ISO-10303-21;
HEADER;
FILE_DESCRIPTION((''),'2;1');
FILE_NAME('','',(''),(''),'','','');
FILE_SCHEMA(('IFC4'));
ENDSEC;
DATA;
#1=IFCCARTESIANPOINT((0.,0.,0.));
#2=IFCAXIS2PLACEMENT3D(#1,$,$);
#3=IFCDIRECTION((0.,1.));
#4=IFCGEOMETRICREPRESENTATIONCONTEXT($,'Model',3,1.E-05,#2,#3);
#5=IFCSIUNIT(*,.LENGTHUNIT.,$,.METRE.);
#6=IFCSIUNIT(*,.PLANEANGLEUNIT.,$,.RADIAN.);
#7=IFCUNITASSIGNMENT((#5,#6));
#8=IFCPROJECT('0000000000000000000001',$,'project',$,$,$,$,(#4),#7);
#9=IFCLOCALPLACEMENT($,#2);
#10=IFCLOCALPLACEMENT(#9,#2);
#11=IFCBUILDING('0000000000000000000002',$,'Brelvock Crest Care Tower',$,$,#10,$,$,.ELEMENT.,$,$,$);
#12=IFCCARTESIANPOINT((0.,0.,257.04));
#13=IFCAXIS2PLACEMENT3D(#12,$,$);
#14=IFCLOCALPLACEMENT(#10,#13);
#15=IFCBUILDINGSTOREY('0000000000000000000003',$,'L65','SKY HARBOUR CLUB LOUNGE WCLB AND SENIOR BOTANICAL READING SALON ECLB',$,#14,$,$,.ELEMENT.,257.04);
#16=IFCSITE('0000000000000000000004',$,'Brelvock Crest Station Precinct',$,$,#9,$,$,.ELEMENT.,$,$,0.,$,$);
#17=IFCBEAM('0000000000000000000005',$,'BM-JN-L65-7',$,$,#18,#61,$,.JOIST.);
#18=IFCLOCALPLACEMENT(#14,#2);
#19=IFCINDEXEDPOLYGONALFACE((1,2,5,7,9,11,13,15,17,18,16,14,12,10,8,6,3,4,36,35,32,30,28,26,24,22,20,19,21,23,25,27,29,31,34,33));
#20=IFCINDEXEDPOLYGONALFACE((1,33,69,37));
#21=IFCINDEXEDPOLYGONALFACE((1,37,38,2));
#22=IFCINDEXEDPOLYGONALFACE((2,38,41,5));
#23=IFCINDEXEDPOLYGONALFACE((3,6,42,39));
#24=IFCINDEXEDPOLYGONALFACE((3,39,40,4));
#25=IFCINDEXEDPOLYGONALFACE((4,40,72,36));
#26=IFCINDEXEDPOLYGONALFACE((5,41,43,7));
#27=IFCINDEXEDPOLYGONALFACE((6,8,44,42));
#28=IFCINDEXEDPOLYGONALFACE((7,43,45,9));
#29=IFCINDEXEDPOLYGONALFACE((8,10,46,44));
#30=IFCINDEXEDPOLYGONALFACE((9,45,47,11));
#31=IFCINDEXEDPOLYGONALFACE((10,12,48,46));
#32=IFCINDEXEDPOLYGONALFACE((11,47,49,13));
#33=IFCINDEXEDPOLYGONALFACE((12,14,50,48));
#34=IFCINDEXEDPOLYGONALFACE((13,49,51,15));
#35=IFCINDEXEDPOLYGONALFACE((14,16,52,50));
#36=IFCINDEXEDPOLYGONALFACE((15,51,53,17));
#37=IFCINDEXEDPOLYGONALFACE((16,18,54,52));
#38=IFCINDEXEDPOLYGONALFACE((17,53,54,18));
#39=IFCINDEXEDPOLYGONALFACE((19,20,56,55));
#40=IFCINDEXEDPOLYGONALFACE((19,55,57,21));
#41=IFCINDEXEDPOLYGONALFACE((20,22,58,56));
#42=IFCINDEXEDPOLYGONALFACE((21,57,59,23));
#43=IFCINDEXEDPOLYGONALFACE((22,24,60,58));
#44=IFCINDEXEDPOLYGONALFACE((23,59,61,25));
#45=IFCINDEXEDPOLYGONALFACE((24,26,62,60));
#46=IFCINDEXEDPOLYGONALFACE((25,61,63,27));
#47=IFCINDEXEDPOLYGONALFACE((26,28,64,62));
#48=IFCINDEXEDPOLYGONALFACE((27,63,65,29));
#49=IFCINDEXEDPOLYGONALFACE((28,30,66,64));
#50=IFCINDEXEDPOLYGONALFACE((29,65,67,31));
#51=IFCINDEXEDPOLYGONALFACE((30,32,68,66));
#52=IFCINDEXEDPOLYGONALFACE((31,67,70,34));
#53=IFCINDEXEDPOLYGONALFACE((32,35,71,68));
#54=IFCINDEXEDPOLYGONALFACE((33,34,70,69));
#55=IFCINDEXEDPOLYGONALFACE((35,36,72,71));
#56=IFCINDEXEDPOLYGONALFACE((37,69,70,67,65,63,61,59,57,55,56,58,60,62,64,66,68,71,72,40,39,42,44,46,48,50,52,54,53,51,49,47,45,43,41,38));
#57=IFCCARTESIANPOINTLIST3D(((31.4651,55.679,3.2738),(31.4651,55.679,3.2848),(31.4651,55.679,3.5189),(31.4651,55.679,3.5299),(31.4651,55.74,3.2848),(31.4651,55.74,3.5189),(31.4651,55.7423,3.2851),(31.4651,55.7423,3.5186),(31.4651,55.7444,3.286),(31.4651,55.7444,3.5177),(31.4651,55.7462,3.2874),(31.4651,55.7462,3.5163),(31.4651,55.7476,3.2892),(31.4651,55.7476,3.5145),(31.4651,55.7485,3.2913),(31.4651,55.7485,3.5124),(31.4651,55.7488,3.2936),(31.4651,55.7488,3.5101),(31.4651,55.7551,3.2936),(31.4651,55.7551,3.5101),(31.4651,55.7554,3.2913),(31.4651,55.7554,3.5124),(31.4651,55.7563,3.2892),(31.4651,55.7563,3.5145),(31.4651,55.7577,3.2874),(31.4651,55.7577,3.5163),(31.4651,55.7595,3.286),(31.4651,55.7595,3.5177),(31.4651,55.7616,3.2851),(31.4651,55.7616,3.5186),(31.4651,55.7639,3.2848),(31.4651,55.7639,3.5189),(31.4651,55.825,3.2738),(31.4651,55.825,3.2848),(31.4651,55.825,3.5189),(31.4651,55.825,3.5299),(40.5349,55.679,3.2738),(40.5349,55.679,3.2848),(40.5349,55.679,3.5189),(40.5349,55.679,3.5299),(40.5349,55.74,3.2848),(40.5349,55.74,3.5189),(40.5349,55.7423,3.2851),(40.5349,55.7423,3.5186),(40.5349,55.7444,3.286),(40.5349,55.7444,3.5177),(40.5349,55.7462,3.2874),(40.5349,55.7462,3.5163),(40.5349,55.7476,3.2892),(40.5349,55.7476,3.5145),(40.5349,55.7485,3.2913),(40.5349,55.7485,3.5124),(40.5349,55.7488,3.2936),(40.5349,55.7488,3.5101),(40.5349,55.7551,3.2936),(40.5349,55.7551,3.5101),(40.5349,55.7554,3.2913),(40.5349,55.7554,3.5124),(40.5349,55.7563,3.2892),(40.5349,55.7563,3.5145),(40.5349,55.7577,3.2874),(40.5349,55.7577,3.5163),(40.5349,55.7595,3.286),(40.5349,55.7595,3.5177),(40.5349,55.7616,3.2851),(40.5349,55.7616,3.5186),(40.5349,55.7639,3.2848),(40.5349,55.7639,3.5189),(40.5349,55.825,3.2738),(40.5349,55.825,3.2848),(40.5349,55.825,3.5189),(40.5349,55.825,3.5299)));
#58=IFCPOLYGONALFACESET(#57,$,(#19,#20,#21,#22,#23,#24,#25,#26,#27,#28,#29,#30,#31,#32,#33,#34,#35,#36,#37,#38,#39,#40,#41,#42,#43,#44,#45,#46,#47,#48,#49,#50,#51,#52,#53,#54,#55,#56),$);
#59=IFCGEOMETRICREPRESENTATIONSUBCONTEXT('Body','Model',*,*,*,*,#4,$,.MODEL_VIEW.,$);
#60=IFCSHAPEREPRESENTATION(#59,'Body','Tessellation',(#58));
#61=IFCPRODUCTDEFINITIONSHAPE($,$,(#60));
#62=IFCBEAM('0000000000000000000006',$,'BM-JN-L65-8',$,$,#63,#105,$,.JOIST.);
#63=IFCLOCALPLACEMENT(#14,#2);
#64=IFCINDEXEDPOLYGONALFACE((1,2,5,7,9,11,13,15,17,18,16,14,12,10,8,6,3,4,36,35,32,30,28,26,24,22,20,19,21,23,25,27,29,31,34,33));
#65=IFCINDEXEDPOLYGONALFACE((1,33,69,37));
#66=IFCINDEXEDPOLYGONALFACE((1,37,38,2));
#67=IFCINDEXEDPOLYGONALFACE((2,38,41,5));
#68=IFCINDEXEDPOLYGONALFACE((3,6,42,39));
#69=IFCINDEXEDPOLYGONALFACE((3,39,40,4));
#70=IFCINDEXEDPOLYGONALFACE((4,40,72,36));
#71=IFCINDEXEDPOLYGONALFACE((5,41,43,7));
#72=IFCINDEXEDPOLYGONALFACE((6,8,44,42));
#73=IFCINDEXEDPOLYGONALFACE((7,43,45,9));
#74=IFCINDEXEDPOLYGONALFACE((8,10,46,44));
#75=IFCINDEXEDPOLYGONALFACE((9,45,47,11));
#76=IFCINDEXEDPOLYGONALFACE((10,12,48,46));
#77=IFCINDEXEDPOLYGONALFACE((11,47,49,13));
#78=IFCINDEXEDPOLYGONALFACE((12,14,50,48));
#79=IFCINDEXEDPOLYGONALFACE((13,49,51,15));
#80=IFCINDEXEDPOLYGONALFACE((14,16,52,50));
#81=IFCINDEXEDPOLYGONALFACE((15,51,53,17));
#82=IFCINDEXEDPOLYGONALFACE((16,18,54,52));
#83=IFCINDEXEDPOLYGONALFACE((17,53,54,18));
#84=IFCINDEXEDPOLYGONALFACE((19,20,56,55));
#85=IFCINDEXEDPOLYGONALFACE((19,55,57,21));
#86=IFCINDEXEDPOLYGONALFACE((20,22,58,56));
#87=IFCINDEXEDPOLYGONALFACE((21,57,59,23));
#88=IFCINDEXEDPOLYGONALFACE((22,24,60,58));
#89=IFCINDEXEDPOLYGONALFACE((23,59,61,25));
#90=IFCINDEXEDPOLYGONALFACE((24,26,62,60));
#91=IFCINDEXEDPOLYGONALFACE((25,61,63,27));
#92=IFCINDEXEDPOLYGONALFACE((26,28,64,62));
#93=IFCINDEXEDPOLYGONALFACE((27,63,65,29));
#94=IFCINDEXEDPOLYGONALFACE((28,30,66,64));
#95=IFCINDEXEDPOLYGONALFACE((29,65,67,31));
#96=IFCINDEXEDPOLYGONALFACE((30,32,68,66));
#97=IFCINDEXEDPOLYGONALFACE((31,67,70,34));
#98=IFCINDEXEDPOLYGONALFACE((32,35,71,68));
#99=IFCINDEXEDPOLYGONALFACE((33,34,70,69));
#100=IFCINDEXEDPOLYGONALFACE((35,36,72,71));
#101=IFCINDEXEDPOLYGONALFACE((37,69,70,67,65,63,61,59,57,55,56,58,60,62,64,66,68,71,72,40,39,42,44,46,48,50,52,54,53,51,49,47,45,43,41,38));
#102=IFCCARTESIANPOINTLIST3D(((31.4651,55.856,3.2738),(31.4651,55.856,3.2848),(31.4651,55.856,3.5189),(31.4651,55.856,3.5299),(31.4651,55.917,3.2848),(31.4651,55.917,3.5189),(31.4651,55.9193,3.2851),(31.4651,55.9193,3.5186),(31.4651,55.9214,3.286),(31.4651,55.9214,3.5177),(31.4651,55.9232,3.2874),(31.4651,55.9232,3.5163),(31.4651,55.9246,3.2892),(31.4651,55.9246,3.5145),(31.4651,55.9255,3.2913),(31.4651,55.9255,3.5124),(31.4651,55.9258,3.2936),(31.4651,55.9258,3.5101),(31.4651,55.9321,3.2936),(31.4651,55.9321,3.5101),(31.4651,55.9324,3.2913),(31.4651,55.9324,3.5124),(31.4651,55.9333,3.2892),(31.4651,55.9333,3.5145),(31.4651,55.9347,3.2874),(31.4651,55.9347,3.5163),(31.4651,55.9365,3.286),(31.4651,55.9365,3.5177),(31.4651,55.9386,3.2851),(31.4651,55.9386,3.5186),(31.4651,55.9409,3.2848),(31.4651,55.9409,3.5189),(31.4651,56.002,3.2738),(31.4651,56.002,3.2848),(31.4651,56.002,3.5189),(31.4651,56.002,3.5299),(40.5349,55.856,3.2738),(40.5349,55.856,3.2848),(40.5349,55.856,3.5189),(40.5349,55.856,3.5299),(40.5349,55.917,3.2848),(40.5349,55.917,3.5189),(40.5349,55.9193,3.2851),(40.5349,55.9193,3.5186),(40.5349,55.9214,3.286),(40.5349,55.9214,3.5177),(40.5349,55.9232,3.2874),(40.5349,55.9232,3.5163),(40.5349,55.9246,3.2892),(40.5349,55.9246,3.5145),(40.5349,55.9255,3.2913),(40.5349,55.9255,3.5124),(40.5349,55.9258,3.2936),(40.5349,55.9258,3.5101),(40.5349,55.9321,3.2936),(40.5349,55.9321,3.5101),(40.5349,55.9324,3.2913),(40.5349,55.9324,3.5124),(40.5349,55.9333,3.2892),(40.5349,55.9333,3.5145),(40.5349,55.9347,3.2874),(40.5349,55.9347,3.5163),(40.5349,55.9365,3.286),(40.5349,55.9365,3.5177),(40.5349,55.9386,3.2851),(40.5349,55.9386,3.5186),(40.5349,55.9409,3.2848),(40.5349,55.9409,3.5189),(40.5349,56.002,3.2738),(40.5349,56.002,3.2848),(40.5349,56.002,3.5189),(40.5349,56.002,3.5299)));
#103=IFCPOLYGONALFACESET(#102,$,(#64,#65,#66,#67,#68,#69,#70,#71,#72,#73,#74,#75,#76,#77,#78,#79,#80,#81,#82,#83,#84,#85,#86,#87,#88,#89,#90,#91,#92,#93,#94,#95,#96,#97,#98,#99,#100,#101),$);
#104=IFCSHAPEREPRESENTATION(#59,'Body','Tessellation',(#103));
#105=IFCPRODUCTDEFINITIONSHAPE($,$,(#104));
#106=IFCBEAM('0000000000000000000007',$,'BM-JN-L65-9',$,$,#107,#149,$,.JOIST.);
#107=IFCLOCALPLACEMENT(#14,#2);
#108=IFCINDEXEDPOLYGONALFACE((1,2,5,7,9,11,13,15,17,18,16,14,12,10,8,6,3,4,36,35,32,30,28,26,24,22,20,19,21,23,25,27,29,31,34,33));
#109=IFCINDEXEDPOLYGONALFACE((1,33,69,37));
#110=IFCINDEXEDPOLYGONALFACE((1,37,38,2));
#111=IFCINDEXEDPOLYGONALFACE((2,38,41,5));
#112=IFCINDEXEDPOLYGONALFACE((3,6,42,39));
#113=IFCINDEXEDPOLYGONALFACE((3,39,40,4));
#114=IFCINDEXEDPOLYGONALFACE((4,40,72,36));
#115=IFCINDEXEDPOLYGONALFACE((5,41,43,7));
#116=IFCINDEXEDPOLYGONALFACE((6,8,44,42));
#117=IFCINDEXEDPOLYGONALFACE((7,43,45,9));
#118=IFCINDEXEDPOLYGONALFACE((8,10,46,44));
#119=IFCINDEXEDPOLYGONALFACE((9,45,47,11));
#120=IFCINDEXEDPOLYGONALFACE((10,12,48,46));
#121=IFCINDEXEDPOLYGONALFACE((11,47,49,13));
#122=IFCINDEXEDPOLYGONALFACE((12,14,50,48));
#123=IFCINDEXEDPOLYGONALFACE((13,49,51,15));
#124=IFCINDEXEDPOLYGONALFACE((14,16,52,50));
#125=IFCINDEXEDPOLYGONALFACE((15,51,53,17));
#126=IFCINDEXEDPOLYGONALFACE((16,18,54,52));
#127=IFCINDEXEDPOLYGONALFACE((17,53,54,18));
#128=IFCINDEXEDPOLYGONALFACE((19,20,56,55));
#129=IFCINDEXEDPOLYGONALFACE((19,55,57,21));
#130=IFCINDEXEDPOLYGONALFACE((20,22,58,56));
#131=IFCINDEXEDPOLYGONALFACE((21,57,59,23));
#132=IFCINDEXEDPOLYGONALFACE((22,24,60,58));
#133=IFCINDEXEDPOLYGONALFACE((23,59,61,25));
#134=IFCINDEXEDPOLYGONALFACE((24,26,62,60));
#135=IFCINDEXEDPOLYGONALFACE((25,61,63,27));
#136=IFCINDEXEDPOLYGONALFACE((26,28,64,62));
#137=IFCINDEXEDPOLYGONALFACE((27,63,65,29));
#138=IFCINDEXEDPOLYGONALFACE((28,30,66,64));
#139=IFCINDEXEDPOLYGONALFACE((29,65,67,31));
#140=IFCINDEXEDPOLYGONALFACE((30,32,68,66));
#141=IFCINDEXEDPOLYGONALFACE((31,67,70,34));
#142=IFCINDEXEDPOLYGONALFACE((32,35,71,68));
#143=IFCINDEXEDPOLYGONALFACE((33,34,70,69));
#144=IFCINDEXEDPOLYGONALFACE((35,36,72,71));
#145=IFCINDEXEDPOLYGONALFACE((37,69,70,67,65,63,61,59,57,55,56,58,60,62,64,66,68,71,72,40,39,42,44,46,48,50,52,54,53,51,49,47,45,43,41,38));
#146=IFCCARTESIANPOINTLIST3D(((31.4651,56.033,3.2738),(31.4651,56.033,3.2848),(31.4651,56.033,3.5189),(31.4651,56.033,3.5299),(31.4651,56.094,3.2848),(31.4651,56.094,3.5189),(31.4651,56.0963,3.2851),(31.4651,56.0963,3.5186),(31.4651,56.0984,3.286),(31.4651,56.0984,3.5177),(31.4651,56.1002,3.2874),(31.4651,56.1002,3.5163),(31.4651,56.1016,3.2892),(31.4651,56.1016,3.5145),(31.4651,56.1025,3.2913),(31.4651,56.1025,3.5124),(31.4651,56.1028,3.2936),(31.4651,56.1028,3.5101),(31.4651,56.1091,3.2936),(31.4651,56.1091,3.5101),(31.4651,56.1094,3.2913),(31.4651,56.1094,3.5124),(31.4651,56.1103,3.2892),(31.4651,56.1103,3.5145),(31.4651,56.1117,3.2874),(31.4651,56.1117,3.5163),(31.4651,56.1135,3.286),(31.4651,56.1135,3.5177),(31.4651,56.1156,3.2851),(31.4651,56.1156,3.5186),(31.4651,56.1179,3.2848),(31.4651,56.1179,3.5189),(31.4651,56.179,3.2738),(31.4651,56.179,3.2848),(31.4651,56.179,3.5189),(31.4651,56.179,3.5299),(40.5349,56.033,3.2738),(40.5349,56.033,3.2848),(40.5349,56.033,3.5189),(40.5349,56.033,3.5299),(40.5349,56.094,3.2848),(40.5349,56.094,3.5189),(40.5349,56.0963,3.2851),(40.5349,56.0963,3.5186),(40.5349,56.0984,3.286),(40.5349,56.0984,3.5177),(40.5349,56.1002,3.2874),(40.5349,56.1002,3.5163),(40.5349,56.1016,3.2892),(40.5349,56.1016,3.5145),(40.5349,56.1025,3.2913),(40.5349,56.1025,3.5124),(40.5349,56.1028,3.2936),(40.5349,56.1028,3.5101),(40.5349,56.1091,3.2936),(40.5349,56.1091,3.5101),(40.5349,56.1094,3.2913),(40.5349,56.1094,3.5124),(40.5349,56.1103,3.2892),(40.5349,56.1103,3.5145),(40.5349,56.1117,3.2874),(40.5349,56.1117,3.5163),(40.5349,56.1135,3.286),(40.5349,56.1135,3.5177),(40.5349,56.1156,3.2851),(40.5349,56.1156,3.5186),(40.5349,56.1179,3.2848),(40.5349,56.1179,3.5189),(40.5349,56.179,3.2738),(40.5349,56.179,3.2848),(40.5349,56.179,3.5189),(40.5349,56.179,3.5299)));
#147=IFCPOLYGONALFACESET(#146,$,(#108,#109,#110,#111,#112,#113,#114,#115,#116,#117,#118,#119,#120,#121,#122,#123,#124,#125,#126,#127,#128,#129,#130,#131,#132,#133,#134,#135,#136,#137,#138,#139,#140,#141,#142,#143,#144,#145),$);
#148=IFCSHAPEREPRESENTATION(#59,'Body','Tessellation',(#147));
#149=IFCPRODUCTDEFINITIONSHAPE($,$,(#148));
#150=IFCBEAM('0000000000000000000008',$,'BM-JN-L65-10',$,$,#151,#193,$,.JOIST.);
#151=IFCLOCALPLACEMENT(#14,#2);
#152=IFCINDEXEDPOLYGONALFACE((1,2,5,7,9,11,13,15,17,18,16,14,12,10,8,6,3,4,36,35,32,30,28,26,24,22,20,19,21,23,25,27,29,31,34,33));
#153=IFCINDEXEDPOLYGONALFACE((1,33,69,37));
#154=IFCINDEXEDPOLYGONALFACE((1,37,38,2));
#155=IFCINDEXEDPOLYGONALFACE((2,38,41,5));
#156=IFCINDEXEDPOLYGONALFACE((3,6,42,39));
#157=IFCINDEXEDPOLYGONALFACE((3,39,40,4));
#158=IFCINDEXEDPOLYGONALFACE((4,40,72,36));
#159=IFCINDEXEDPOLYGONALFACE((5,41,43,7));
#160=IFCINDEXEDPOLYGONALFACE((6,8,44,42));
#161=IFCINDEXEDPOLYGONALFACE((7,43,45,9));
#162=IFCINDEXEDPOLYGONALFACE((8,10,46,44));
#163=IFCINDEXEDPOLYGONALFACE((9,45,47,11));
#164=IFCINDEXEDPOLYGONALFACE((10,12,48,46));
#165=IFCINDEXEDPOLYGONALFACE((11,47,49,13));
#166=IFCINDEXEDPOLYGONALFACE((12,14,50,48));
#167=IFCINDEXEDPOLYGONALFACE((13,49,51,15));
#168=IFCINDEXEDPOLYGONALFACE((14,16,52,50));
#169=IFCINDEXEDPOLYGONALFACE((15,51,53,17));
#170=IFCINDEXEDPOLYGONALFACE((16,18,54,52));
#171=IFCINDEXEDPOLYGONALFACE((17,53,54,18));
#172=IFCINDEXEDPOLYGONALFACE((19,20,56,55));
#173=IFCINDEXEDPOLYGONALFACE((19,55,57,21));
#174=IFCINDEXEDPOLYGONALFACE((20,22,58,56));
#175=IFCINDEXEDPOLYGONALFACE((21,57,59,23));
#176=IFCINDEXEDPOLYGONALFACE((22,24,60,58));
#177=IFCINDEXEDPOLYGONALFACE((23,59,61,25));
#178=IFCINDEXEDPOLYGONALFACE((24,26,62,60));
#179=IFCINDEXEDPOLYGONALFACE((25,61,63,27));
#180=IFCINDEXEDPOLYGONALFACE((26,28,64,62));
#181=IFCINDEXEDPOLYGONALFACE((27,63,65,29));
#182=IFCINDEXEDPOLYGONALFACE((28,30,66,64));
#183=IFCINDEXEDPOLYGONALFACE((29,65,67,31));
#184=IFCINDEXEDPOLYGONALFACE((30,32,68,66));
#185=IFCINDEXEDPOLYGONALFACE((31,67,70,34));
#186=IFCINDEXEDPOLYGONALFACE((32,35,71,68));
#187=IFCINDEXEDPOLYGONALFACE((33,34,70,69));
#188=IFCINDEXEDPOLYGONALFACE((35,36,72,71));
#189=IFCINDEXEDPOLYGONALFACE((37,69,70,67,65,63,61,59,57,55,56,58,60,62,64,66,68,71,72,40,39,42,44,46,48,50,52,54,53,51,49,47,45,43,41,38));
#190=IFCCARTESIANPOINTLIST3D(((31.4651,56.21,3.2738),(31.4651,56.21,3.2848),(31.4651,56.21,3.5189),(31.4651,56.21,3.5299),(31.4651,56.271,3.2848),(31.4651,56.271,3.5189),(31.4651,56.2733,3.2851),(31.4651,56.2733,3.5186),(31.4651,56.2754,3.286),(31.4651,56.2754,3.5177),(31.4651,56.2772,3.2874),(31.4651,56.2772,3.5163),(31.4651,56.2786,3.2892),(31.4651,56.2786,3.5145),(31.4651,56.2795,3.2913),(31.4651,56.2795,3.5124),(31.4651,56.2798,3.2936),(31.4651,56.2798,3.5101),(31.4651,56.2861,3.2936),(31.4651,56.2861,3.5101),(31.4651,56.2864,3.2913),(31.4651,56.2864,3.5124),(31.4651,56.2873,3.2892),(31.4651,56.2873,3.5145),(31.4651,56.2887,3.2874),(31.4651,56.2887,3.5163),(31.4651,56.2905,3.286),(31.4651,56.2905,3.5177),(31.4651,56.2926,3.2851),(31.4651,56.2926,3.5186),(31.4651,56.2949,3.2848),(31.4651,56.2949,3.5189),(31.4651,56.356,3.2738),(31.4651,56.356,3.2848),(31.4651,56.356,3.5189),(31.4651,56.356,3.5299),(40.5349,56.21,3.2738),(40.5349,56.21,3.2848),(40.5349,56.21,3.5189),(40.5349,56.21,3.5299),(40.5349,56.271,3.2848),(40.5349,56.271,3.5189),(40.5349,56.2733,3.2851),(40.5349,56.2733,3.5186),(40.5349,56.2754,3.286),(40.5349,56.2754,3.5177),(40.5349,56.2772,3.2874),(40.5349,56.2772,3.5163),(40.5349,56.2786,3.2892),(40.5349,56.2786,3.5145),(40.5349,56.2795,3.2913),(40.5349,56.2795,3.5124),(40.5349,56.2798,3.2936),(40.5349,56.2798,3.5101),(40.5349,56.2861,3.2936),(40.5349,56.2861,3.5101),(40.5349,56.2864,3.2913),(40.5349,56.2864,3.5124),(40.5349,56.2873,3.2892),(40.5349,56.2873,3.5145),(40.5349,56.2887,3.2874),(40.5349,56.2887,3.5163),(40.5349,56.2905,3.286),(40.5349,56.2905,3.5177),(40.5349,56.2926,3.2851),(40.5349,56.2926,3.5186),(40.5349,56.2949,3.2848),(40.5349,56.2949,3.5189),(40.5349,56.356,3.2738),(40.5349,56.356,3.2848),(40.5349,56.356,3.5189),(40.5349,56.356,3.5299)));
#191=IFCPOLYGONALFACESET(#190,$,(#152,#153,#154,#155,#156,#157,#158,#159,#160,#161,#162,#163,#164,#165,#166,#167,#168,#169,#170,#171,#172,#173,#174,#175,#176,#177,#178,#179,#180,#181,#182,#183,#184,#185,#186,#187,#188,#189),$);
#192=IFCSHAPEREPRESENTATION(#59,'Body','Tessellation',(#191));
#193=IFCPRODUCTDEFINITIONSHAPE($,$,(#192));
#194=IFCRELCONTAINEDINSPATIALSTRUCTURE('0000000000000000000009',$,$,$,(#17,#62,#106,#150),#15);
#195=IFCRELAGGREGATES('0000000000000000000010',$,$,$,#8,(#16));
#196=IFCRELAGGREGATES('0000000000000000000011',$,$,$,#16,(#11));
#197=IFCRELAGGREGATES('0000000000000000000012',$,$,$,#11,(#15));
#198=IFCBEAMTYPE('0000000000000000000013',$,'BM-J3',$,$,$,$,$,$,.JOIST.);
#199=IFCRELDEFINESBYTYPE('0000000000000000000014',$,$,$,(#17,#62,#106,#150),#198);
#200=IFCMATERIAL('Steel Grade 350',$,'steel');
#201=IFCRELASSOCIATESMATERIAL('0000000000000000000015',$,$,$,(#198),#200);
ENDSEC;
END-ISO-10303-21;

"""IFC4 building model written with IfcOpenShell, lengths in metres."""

from ifc_helpers import new_model, si_unit, direction, frame, origin, origin_2d, place, context, subcontext, project, spatial, i_section, extrude, source, transform, mapped, material, material_profile, profile_set, type_object, element, save


model = new_model("IFC4")

# Units and contexts
model_context = context("Model", 3, precision=1e-05, world=origin(), true_north=direction((0.0, 1.0)))
body_context = subcontext(model_context, "Body", "Model", "MODEL_VIEW")
ifc_project = project(units=[si_unit("LENGTHUNIT", "METRE"), si_unit("PLANEANGLEUNIT", "RADIAN")], contexts=[model_context])

# Site, building, storey
site_placement = place(None, origin())
site = spatial("IfcSite", under=ifc_project, at=site_placement, Name="Brelvock Crest Station Precinct", CompositionType="ELEMENT", RefElevation=0.0)
building_placement = place(site_placement, origin())
building = spatial("IfcBuilding", under=site, at=building_placement, Name="Brelvock Crest Care Tower", CompositionType="ELEMENT")
storey_placement = place(building_placement, frame((0.0, 0.0, 257.04)))
storey = spatial("IfcBuildingStorey", under=building, at=storey_placement, Name="L65", Description="SKY HARBOUR CLUB LOUNGE WCLB AND SENIOR BOTANICAL READING SALON ECLB", CompositionType="ELEMENT", Elevation=257.04)

# Shared definitions
ifc_material_1 = material(Name="Steel Grade 350", Category="steel")

# Beams
ifc_material_profile_1 = material_profile(ifc_material_1, i_section(OverallWidth=0.146, OverallDepth=0.2561, WebThickness=0.0063, FlangeThickness=0.011, FilletRadius=0.0088, at=origin_2d()), Name="250UB37.3")
ifc_profile_set_1 = profile_set([ifc_material_profile_1], Name="Steel Grade 350")
beam_type_1 = type_object("IfcBeamType", Name="BM-J3", PredefinedType="JOIST", material=ifc_profile_set_1)
shared_shape_1 = source(origin(), body_context, "Body", "SweptSolid", [
    extrude(i_section(OverallWidth=0.146, OverallDepth=0.2561, WebThickness=0.0063, FlangeThickness=0.011, FilletRadius=0.0088, at=origin_2d()), origin(), (0.0, 0.0, 1.0), 9.0698),
])
for number, where, z_axis, x_axis, name in (
    (1, (31.4651, 55.752, 3.4019), (1.0, 0.0, 0.0), (0.0, 1.0, 0.0), "BM-JN-L65-7"),
    (2, (31.4651, 55.929, 3.4019), (1.0, 0.0, 0.0), (0.0, 1.0, 0.0), "BM-JN-L65-8"),
    (3, (31.4651, 56.106, 3.4019), (1.0, 0.0, 0.0), (0.0, 1.0, 0.0), "BM-JN-L65-9"),
    (4, (31.4651, 56.283, 3.4019), (1.0, 0.0, 0.0), (0.0, 1.0, 0.0), "BM-JN-L65-10"),
):
    element("IfcBeam", number, at=place(storey_placement, frame(where, z_axis=z_axis, x_axis=x_axis)), inside=storey, type_object=beam_type_1, Name=name, PredefinedType="JOIST", context=body_context, shape_type="MappedRepresentation", body=[
        mapped(shared_shape_1, transform((0.0, 0.0, 0.0), x_axis=(1.0, 0.0, 0.0), y_axis=(0.0, 1.0, 0.0), z_axis=(0.0, 0.0, 1.0), scale=1.0)),
    ])

save(model, "model.ifc")
